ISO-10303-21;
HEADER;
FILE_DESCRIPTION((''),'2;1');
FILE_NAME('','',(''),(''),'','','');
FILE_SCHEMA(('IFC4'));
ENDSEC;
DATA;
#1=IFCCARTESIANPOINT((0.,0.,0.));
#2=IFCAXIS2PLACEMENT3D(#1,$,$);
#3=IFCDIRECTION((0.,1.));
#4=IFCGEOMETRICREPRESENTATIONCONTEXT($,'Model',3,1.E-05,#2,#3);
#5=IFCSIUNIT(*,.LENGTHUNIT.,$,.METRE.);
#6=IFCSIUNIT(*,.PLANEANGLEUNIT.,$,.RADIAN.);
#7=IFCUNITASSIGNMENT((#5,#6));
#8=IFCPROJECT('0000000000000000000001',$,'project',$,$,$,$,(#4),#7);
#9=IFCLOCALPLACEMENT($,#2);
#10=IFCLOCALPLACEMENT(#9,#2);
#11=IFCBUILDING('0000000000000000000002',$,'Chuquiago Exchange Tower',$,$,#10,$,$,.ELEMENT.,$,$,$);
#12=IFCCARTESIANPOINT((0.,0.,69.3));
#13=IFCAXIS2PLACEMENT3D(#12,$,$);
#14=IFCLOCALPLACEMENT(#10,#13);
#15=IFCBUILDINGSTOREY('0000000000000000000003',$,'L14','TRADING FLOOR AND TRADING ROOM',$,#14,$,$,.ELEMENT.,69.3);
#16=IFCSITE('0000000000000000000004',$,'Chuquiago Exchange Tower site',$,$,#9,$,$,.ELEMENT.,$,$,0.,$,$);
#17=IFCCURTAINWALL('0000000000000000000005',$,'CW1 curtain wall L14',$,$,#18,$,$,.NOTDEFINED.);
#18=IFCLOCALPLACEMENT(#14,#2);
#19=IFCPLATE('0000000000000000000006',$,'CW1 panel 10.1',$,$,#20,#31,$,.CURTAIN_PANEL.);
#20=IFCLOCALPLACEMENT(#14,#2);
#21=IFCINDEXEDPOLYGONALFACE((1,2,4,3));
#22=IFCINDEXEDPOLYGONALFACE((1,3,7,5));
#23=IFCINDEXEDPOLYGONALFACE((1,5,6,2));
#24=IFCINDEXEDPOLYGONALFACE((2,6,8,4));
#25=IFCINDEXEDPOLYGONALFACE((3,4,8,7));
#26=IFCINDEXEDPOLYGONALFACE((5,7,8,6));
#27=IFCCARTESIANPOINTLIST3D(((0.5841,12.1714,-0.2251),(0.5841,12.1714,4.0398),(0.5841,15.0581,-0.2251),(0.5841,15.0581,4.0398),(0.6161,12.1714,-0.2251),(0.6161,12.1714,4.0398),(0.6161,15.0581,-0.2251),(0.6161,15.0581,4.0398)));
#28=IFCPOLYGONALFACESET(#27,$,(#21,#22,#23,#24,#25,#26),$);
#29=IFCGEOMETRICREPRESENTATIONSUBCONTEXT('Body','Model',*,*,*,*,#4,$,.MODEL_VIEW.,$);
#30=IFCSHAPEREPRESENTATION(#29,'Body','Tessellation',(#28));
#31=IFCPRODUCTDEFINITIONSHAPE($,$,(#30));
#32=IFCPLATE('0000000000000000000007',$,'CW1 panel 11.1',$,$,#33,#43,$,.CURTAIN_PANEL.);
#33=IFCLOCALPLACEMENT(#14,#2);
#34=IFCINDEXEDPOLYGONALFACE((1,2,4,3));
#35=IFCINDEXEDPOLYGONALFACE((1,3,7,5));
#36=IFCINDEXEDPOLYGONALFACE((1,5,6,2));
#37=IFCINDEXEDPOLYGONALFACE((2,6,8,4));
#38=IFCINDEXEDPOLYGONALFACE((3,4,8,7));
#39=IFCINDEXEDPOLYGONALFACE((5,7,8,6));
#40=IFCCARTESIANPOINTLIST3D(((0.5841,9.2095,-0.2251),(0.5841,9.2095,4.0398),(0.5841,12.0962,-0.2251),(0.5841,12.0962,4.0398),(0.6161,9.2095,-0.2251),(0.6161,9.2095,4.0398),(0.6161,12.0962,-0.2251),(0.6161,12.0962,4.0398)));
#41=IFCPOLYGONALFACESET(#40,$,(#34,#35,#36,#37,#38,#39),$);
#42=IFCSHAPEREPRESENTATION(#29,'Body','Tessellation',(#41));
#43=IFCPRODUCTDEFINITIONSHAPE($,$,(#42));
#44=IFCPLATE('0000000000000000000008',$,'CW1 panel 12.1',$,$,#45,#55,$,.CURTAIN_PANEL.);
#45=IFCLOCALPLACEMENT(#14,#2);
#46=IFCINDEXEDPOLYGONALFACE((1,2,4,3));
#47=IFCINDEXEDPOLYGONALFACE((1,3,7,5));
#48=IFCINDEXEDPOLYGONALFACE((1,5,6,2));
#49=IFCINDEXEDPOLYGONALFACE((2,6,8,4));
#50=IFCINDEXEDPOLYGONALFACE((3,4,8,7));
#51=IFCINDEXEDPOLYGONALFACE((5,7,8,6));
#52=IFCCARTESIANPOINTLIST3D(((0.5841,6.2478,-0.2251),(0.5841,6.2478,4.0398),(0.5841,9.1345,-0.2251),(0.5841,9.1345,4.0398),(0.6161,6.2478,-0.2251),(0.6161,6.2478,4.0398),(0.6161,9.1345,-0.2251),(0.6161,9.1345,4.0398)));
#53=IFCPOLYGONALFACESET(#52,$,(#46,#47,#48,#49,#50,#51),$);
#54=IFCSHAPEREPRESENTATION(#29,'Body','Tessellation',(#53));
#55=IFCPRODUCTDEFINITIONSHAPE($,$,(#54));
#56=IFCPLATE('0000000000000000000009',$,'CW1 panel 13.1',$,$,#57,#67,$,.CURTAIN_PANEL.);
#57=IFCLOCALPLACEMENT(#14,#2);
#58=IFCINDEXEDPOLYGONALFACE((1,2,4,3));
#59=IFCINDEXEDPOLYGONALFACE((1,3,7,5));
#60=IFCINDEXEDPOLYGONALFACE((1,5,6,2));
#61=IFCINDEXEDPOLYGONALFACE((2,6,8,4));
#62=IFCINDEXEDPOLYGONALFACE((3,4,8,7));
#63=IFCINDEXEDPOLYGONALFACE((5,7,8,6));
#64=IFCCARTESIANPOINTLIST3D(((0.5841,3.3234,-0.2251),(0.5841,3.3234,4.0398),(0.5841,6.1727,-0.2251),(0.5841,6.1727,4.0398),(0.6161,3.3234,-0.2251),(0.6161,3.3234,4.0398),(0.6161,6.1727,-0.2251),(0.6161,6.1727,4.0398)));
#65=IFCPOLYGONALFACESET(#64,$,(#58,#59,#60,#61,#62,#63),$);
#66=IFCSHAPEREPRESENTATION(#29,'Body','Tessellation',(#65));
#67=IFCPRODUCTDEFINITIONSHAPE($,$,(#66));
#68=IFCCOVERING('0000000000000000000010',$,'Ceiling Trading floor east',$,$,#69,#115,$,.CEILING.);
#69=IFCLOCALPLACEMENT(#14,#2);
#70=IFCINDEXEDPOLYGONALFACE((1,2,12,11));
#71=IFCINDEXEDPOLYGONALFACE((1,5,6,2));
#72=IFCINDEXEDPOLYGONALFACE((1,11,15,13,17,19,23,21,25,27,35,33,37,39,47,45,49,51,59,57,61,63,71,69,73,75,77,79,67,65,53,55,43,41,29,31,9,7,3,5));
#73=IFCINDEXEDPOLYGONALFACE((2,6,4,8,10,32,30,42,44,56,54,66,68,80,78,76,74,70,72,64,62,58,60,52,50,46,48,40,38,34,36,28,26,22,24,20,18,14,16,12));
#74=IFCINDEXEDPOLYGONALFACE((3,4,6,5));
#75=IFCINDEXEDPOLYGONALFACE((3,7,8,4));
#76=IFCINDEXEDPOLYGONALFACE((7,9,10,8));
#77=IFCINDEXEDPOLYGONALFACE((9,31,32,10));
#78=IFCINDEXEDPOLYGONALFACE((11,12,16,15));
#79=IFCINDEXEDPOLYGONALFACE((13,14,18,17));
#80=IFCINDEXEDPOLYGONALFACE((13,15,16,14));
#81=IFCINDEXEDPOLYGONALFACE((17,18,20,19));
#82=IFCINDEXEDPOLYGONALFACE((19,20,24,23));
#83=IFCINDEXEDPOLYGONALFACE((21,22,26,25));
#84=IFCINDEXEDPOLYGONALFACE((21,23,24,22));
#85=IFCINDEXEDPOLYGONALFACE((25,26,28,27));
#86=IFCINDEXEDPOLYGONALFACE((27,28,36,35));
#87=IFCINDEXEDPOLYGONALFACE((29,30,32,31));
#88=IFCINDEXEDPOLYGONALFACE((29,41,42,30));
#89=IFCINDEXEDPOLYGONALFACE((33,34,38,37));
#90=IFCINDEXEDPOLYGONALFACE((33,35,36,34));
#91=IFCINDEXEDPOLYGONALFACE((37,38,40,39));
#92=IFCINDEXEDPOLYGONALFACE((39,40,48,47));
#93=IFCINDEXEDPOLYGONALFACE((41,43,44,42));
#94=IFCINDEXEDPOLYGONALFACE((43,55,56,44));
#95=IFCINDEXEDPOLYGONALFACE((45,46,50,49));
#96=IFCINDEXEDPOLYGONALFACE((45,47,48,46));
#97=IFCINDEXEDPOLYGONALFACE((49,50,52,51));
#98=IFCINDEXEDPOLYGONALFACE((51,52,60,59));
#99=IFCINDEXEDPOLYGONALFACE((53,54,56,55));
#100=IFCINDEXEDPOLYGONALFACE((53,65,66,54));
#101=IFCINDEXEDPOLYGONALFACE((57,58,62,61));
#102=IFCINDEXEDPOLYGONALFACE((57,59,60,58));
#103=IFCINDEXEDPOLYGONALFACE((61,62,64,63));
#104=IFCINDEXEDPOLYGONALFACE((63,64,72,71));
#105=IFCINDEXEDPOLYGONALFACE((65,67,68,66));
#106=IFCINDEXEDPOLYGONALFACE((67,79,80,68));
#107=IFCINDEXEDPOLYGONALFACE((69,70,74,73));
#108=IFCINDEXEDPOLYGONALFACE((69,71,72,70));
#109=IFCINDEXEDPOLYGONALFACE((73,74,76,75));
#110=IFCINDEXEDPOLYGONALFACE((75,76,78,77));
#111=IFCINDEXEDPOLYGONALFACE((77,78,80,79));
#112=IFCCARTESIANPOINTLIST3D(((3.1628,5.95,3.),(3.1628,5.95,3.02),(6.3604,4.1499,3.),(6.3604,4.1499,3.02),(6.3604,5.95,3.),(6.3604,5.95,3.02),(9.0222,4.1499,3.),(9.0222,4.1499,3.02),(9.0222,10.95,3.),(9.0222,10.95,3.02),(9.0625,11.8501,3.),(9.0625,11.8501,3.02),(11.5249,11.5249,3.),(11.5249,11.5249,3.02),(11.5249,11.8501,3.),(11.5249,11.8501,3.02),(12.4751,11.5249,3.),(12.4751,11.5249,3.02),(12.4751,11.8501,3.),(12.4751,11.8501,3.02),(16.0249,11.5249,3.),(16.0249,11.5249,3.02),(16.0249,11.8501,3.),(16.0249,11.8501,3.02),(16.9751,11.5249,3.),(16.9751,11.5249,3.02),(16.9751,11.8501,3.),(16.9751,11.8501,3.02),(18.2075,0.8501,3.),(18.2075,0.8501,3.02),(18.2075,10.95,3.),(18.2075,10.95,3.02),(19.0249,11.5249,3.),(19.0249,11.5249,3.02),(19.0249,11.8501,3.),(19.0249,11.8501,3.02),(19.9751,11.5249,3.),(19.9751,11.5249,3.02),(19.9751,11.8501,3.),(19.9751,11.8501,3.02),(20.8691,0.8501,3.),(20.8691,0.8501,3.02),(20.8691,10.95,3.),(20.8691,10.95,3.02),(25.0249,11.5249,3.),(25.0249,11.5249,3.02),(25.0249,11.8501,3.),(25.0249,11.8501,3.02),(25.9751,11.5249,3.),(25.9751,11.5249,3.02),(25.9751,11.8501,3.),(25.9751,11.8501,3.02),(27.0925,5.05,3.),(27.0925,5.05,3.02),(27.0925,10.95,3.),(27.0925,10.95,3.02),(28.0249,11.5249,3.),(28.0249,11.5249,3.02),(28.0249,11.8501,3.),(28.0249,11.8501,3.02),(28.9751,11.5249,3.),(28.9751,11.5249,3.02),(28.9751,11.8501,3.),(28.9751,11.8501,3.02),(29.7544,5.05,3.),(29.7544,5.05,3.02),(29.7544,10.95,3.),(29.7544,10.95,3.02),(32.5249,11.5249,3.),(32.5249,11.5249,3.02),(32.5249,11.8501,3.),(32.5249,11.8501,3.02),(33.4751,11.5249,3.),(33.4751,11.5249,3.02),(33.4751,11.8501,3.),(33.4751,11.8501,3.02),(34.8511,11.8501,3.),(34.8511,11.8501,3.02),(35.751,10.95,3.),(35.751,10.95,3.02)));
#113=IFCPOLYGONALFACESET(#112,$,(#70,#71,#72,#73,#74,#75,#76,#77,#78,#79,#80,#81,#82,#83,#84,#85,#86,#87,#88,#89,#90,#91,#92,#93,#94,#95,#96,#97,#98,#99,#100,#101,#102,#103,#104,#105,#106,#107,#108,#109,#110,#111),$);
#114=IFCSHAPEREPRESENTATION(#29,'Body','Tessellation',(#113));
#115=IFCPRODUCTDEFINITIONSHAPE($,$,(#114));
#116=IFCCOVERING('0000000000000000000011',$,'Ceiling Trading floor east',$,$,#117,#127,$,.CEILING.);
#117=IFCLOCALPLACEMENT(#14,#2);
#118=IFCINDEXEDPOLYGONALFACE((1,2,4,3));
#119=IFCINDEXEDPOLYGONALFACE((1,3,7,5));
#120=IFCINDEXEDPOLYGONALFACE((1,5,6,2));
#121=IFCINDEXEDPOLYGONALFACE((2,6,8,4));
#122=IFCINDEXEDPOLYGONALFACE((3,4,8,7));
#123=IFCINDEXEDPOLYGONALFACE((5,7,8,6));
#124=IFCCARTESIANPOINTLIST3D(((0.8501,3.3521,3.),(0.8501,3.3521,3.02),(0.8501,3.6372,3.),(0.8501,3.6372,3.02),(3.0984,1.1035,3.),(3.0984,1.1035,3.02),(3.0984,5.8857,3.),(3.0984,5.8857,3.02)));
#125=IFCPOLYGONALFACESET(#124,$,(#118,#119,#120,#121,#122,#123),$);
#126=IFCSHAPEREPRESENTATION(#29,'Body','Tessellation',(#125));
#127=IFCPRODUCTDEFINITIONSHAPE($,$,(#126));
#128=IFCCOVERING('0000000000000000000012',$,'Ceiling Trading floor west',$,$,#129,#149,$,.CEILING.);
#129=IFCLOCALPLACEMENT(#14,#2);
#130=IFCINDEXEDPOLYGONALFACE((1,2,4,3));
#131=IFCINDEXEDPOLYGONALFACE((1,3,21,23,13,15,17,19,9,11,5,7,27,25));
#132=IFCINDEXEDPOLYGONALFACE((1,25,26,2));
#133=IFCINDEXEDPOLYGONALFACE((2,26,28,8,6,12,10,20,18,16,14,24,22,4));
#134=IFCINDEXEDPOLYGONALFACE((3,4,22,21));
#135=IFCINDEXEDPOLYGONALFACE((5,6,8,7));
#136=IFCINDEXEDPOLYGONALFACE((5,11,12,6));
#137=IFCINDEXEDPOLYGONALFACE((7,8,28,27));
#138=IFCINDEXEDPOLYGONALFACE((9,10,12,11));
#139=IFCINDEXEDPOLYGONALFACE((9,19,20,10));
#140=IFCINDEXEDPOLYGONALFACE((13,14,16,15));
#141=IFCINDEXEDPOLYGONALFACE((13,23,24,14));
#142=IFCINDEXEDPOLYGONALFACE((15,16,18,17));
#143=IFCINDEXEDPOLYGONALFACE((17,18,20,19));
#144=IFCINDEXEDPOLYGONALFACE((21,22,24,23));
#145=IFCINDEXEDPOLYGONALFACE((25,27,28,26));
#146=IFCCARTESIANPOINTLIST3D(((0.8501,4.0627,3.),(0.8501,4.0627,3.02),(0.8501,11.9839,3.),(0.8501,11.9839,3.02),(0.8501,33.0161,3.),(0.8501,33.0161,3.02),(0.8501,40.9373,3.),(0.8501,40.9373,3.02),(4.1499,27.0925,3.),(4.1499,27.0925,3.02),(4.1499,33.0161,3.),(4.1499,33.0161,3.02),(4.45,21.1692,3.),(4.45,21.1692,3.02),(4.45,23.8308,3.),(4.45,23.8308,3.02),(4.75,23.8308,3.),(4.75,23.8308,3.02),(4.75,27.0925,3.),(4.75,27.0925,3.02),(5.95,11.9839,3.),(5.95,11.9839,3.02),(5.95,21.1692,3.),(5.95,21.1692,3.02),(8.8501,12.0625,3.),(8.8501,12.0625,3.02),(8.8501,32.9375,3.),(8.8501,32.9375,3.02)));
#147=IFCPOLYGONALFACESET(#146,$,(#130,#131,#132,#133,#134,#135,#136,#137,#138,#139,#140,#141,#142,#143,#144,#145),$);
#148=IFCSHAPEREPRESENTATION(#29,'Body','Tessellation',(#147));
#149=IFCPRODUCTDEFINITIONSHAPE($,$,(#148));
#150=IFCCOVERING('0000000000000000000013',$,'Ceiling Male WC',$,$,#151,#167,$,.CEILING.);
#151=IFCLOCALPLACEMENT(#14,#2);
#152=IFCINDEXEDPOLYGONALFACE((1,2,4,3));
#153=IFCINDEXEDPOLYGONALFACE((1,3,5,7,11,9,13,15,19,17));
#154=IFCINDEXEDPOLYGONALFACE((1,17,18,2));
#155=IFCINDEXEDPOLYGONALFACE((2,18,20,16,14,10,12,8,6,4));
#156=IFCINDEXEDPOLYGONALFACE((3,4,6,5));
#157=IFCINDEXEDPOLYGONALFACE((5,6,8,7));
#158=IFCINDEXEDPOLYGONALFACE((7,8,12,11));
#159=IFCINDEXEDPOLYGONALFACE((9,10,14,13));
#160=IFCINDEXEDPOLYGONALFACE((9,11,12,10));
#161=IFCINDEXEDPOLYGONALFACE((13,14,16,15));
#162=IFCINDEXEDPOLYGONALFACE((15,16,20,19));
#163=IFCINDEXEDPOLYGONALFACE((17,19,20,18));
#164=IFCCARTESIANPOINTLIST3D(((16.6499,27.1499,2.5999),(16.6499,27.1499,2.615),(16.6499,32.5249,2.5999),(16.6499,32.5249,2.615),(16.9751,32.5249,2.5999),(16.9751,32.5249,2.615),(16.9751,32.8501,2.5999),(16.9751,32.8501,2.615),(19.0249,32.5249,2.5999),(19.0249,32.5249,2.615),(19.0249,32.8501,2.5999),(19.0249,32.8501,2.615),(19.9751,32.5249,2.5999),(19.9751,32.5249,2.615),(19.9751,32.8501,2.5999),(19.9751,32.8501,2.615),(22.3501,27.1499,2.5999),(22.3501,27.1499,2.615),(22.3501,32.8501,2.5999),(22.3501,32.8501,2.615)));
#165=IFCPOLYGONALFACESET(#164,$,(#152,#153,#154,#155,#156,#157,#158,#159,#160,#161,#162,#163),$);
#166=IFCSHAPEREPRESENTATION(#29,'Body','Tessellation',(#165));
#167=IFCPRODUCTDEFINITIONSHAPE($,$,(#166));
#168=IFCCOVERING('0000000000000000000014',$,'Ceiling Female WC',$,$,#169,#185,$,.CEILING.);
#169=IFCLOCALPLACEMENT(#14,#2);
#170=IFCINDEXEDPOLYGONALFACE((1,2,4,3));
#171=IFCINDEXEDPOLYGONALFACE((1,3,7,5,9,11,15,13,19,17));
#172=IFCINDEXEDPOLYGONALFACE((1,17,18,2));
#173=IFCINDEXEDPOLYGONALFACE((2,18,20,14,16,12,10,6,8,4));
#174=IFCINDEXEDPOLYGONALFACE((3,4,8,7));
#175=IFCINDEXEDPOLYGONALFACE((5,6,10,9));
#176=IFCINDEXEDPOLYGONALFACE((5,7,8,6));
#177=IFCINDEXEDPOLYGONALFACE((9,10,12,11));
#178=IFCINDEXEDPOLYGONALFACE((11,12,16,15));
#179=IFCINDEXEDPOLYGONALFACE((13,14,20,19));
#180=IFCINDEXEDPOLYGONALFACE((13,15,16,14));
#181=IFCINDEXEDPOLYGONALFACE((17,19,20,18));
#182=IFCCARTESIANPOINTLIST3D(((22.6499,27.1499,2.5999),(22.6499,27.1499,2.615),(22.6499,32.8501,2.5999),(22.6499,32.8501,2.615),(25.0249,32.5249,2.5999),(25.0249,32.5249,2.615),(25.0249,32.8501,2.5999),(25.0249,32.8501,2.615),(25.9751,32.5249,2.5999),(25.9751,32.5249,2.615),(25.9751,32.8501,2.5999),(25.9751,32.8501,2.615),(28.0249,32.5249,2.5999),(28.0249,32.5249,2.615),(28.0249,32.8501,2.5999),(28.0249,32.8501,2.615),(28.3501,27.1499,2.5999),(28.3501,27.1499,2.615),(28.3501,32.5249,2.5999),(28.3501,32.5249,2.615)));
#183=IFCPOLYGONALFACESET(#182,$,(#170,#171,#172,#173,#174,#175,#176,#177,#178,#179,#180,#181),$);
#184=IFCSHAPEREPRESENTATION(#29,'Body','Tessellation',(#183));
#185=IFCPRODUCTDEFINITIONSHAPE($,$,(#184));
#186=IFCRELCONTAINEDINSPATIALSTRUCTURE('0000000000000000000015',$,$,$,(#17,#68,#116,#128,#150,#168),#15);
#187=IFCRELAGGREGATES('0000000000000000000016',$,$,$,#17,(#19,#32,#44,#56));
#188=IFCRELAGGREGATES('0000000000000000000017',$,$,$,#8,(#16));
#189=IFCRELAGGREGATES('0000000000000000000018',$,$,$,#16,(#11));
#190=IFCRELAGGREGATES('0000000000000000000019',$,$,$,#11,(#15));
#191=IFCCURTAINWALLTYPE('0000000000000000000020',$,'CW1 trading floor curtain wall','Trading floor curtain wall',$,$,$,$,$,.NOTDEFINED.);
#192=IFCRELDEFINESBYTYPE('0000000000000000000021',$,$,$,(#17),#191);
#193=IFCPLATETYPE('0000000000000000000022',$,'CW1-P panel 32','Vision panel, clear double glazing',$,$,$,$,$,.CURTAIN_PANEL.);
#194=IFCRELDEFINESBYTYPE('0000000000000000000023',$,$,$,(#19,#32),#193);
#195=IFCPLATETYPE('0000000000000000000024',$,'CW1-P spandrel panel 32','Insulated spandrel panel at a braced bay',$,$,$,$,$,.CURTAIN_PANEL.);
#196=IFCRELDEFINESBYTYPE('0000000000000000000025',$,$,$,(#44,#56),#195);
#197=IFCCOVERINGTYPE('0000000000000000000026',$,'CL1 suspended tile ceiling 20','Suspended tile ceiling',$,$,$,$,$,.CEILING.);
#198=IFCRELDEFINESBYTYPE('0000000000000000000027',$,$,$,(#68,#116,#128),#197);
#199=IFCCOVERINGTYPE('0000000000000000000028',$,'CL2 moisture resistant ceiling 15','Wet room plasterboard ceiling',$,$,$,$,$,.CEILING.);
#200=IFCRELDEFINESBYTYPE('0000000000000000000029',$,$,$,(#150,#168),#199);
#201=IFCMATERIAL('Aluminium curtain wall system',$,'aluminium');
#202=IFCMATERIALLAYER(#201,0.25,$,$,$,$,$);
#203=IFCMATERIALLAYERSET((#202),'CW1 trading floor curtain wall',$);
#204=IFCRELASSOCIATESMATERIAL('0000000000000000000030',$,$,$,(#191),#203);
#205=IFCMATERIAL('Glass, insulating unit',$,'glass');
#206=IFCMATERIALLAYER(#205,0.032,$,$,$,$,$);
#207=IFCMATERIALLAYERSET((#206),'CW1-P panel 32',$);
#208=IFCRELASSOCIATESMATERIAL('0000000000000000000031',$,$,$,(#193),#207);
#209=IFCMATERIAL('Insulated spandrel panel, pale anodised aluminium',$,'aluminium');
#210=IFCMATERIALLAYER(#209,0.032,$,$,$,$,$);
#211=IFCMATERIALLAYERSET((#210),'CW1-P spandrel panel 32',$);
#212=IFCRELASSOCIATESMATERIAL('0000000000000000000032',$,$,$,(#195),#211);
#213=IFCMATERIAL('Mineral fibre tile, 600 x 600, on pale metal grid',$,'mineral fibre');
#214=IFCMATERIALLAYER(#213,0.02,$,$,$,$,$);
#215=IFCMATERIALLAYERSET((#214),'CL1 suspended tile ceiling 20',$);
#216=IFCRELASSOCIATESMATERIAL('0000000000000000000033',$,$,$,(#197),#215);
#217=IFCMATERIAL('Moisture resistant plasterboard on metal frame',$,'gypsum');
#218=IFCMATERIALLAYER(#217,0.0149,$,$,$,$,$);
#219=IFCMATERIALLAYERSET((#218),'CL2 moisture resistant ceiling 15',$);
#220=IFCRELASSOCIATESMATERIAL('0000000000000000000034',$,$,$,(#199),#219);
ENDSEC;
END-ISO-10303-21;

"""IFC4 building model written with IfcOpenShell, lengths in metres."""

from ifc_helpers import new_model, si_unit, direction, frame, origin, origin_2d, place, context, subcontext, project, spatial, polyline, rectangle, outline, extrude, material, layer, layer_set, type_object, element, aggregate, save


model = new_model("IFC4")

# Units and contexts
model_context = context("Model", 3, precision=1e-05, world=origin(), true_north=direction((0.0, 1.0)))
body_context = subcontext(model_context, "Body", "Model", "MODEL_VIEW")
ifc_project = project(units=[si_unit("LENGTHUNIT", "METRE"), si_unit("PLANEANGLEUNIT", "RADIAN")], contexts=[model_context])

# Site, building, storey
site_placement = place(None, origin())
site = spatial("IfcSite", under=ifc_project, at=site_placement, Name="Chuquiago Exchange Tower site", CompositionType="ELEMENT", RefElevation=0.0)
building_placement = place(site_placement, origin())
building = spatial("IfcBuilding", under=site, at=building_placement, Name="Chuquiago Exchange Tower", CompositionType="ELEMENT")
storey_placement = place(building_placement, frame((0.0, 0.0, 69.3)))
storey = spatial("IfcBuildingStorey", under=building, at=storey_placement, Name="L14", Description="TRADING FLOOR AND TRADING ROOM", CompositionType="ELEMENT", Elevation=69.3)

# Curtain wall
ifc_material_1 = material(Name="Aluminium curtain wall system", Category="aluminium")
ifc_layer_1 = layer(ifc_material_1, 0.25)
ifc_layer_set_1 = layer_set([ifc_layer_1], Name="CW1 trading floor curtain wall")
curtain_wall_type = type_object("IfcCurtainWallType", Name="CW1 trading floor curtain wall", Description="Trading floor curtain wall", PredefinedType="NOTDEFINED", material=ifc_layer_set_1)
curtain_wall_placement = place(storey_placement, origin())
curtain_wall = element("IfcCurtainWall", 1, at=curtain_wall_placement, inside=storey, type_object=curtain_wall_type, Name="CW1 curtain wall L14", PredefinedType="NOTDEFINED")

# Plates
ifc_material_2 = material(Name="Glass, insulating unit", Category="glass")
ifc_layer_2 = layer(ifc_material_2, 0.032)
ifc_layer_set_2 = layer_set([ifc_layer_2], Name="CW1-P panel 32")
plate_type_1 = type_object("IfcPlateType", Name="CW1-P panel 32", Description="Vision panel, clear double glazing", PredefinedType="CURTAIN_PANEL", material=ifc_layer_set_2)
plate_1_placement = place(storey_placement, frame((0.6001, 13.6147, -0.2251), z_axis=(0.0, 0.0, 1.0), x_axis=(0.0, -1.0, 0.0)))
plate_1 = element("IfcPlate", 2, at=plate_1_placement, type_object=plate_type_1, Name="CW1 panel 10.1", PredefinedType="CURTAIN_PANEL", context=body_context, shape_type="SweptSolid", body=[
    extrude(rectangle(XDim=2.8867, YDim=0.032, at=origin_2d()), origin(), (0.0, 0.0, 1.0), 4.2649),
])
plate_2_placement = place(storey_placement, frame((0.6001, 10.6528, -0.2251), z_axis=(0.0, 0.0, 1.0), x_axis=(0.0, -1.0, 0.0)))
plate_2 = element("IfcPlate", 3, at=plate_2_placement, type_object=plate_type_1, Name="CW1 panel 11.1", PredefinedType="CURTAIN_PANEL", context=body_context, shape_type="SweptSolid", body=[
    extrude(rectangle(XDim=2.8867, YDim=0.032, at=origin_2d()), origin(), (0.0, 0.0, 1.0), 4.2649),
])
ifc_material_3 = material(Name="Insulated spandrel panel, pale anodised aluminium", Category="aluminium")
ifc_layer_3 = layer(ifc_material_3, 0.032)
ifc_layer_set_3 = layer_set([ifc_layer_3], Name="CW1-P spandrel panel 32")
plate_type_2 = type_object("IfcPlateType", Name="CW1-P spandrel panel 32", Description="Insulated spandrel panel at a braced bay", PredefinedType="CURTAIN_PANEL", material=ifc_layer_set_3)
plate_3_placement = place(storey_placement, frame((0.6001, 7.6912, -0.2251), z_axis=(0.0, 0.0, 1.0), x_axis=(0.0, -1.0, 0.0)))
plate_3 = element("IfcPlate", 4, at=plate_3_placement, type_object=plate_type_2, Name="CW1 panel 12.1", PredefinedType="CURTAIN_PANEL", context=body_context, shape_type="SweptSolid", body=[
    extrude(rectangle(XDim=2.8867, YDim=0.032, at=origin_2d()), origin(), (0.0, 0.0, 1.0), 4.2649),
])
plate_4_placement = place(storey_placement, frame((0.6001, 4.748, -0.2251), z_axis=(0.0, 0.0, 1.0), x_axis=(0.0, -1.0, 0.0)))
plate_4 = element("IfcPlate", 5, at=plate_4_placement, type_object=plate_type_2, Name="CW1 panel 13.1", PredefinedType="CURTAIN_PANEL", context=body_context, shape_type="SweptSolid", body=[
    extrude(rectangle(XDim=2.8494, YDim=0.032, at=origin_2d()), origin(), (0.0, 0.0, 1.0), 4.2649),
])
aggregate(curtain_wall, [plate_1, plate_2, plate_3, plate_4])

# Coverings
ifc_material_4 = material(Name="Mineral fibre tile, 600 x 600, on pale metal grid", Category="mineral fibre")
ifc_layer_4 = layer(ifc_material_4, 0.02)
ifc_layer_set_4 = layer_set([ifc_layer_4], Name="CL1 suspended tile ceiling 20")
covering_type_1 = type_object("IfcCoveringType", Name="CL1 suspended tile ceiling 20", Description="Suspended tile ceiling", PredefinedType="CEILING", material=ifc_layer_set_4)
covering_1_placement = place(storey_placement, frame((0.0, 0.0, 3.0)))
element("IfcCovering", 6, at=covering_1_placement, inside=storey, type_object=covering_type_1, Name="Ceiling Trading floor east", PredefinedType="CEILING", context=body_context, shape_type="SweptSolid", body=[
    extrude(outline(polyline([(9.0625, 11.8501), (11.5249, 11.8501), (11.5249, 11.5249), (12.4751, 11.5249), (12.4751, 11.8501), (16.0249, 11.8501), (16.0249, 11.5249), (16.9751, 11.5249), (16.9751, 11.8501), (19.0249, 11.8501), (19.0249, 11.5249), (19.9751, 11.5249), (19.9751, 11.8501), (25.0249, 11.8501), (25.0249, 11.5249), (25.9751, 11.5249), (25.9751, 11.8501), (28.0249, 11.8501), (28.0249, 11.5249), (28.9751, 11.5249), (28.9751, 11.8501), (32.5249, 11.8501), (32.5249, 11.5249), (33.4751, 11.5249), (33.4751, 11.8501), (34.8511, 11.8501), (35.751, 10.95), (29.7544, 10.95), (29.7544, 5.05), (27.0925, 5.05), (27.0925, 10.95), (20.8691, 10.95), (20.8691, 0.8501), (18.2075, 0.8501), (18.2075, 10.95), (9.0222, 10.95), (9.0222, 4.1499), (6.3604, 4.1499), (6.3604, 5.95), (3.1628, 5.95), (9.0625, 11.8501)])), origin(), (0.0, 0.0, 1.0), 0.02),
])
covering_2_placement = place(storey_placement, frame((0.0, 0.0, 3.0)))
element("IfcCovering", 7, at=covering_2_placement, inside=storey, type_object=covering_type_1, Name="Ceiling Trading floor east", PredefinedType="CEILING", context=body_context, shape_type="SweptSolid", body=[
    extrude(outline(polyline([(3.0984, 1.1035), (0.8501, 3.3521), (0.8501, 3.6372), (3.0984, 5.8857), (3.0984, 1.1035)])), origin(), (0.0, 0.0, 1.0), 0.02),
])
covering_3_placement = place(storey_placement, frame((0.0, 0.0, 3.0)))
element("IfcCovering", 8, at=covering_3_placement, inside=storey, type_object=covering_type_1, Name="Ceiling Trading floor west", PredefinedType="CEILING", context=body_context, shape_type="SweptSolid", body=[
    extrude(outline(polyline([(5.95, 21.1692), (4.45, 21.1692), (4.45, 23.8308), (4.75, 23.8308), (4.75, 27.0925), (4.1499, 27.0925), (4.1499, 33.0161), (0.8501, 33.0161), (0.8501, 40.9373), (8.8501, 32.9375), (8.8501, 12.0625), (0.8501, 4.0627), (0.8501, 11.9839), (5.95, 11.9839), (5.95, 21.1692)])), origin(), (0.0, 0.0, 1.0), 0.02),
])
ifc_material_5 = material(Name="Moisture resistant plasterboard on metal frame", Category="gypsum")
ifc_layer_5 = layer(ifc_material_5, 0.0149)
ifc_layer_set_5 = layer_set([ifc_layer_5], Name="CL2 moisture resistant ceiling 15")
covering_type_2 = type_object("IfcCoveringType", Name="CL2 moisture resistant ceiling 15", Description="Wet room plasterboard ceiling", PredefinedType="CEILING", material=ifc_layer_set_5)
covering_4_placement = place(storey_placement, frame((0.0, 0.0, 2.5999)))
element("IfcCovering", 9, at=covering_4_placement, inside=storey, type_object=covering_type_2, Name="Ceiling Male WC", PredefinedType="CEILING", context=body_context, shape_type="SweptSolid", body=[
    extrude(outline(polyline([(16.6499, 27.1499), (16.6499, 32.5249), (16.9751, 32.5249), (16.9751, 32.8501), (19.0249, 32.8501), (19.0249, 32.5249), (19.9751, 32.5249), (19.9751, 32.8501), (22.3501, 32.8501), (22.3501, 27.1499), (16.6499, 27.1499)])), origin(), (0.0, 0.0, 1.0), 0.0151),
])
covering_5_placement = place(storey_placement, frame((0.0, 0.0, 2.5999)))
element("IfcCovering", 10, at=covering_5_placement, inside=storey, type_object=covering_type_2, Name="Ceiling Female WC", PredefinedType="CEILING", context=body_context, shape_type="SweptSolid", body=[
    extrude(outline(polyline([(22.6499, 27.1499), (22.6499, 32.8501), (25.0249, 32.8501), (25.0249, 32.5249), (25.9751, 32.5249), (25.9751, 32.8501), (28.0249, 32.8501), (28.0249, 32.5249), (28.3501, 32.5249), (28.3501, 27.1499), (22.6499, 27.1499)])), origin(), (0.0, 0.0, 1.0), 0.0151),
])

save(model, "model.ifc")
